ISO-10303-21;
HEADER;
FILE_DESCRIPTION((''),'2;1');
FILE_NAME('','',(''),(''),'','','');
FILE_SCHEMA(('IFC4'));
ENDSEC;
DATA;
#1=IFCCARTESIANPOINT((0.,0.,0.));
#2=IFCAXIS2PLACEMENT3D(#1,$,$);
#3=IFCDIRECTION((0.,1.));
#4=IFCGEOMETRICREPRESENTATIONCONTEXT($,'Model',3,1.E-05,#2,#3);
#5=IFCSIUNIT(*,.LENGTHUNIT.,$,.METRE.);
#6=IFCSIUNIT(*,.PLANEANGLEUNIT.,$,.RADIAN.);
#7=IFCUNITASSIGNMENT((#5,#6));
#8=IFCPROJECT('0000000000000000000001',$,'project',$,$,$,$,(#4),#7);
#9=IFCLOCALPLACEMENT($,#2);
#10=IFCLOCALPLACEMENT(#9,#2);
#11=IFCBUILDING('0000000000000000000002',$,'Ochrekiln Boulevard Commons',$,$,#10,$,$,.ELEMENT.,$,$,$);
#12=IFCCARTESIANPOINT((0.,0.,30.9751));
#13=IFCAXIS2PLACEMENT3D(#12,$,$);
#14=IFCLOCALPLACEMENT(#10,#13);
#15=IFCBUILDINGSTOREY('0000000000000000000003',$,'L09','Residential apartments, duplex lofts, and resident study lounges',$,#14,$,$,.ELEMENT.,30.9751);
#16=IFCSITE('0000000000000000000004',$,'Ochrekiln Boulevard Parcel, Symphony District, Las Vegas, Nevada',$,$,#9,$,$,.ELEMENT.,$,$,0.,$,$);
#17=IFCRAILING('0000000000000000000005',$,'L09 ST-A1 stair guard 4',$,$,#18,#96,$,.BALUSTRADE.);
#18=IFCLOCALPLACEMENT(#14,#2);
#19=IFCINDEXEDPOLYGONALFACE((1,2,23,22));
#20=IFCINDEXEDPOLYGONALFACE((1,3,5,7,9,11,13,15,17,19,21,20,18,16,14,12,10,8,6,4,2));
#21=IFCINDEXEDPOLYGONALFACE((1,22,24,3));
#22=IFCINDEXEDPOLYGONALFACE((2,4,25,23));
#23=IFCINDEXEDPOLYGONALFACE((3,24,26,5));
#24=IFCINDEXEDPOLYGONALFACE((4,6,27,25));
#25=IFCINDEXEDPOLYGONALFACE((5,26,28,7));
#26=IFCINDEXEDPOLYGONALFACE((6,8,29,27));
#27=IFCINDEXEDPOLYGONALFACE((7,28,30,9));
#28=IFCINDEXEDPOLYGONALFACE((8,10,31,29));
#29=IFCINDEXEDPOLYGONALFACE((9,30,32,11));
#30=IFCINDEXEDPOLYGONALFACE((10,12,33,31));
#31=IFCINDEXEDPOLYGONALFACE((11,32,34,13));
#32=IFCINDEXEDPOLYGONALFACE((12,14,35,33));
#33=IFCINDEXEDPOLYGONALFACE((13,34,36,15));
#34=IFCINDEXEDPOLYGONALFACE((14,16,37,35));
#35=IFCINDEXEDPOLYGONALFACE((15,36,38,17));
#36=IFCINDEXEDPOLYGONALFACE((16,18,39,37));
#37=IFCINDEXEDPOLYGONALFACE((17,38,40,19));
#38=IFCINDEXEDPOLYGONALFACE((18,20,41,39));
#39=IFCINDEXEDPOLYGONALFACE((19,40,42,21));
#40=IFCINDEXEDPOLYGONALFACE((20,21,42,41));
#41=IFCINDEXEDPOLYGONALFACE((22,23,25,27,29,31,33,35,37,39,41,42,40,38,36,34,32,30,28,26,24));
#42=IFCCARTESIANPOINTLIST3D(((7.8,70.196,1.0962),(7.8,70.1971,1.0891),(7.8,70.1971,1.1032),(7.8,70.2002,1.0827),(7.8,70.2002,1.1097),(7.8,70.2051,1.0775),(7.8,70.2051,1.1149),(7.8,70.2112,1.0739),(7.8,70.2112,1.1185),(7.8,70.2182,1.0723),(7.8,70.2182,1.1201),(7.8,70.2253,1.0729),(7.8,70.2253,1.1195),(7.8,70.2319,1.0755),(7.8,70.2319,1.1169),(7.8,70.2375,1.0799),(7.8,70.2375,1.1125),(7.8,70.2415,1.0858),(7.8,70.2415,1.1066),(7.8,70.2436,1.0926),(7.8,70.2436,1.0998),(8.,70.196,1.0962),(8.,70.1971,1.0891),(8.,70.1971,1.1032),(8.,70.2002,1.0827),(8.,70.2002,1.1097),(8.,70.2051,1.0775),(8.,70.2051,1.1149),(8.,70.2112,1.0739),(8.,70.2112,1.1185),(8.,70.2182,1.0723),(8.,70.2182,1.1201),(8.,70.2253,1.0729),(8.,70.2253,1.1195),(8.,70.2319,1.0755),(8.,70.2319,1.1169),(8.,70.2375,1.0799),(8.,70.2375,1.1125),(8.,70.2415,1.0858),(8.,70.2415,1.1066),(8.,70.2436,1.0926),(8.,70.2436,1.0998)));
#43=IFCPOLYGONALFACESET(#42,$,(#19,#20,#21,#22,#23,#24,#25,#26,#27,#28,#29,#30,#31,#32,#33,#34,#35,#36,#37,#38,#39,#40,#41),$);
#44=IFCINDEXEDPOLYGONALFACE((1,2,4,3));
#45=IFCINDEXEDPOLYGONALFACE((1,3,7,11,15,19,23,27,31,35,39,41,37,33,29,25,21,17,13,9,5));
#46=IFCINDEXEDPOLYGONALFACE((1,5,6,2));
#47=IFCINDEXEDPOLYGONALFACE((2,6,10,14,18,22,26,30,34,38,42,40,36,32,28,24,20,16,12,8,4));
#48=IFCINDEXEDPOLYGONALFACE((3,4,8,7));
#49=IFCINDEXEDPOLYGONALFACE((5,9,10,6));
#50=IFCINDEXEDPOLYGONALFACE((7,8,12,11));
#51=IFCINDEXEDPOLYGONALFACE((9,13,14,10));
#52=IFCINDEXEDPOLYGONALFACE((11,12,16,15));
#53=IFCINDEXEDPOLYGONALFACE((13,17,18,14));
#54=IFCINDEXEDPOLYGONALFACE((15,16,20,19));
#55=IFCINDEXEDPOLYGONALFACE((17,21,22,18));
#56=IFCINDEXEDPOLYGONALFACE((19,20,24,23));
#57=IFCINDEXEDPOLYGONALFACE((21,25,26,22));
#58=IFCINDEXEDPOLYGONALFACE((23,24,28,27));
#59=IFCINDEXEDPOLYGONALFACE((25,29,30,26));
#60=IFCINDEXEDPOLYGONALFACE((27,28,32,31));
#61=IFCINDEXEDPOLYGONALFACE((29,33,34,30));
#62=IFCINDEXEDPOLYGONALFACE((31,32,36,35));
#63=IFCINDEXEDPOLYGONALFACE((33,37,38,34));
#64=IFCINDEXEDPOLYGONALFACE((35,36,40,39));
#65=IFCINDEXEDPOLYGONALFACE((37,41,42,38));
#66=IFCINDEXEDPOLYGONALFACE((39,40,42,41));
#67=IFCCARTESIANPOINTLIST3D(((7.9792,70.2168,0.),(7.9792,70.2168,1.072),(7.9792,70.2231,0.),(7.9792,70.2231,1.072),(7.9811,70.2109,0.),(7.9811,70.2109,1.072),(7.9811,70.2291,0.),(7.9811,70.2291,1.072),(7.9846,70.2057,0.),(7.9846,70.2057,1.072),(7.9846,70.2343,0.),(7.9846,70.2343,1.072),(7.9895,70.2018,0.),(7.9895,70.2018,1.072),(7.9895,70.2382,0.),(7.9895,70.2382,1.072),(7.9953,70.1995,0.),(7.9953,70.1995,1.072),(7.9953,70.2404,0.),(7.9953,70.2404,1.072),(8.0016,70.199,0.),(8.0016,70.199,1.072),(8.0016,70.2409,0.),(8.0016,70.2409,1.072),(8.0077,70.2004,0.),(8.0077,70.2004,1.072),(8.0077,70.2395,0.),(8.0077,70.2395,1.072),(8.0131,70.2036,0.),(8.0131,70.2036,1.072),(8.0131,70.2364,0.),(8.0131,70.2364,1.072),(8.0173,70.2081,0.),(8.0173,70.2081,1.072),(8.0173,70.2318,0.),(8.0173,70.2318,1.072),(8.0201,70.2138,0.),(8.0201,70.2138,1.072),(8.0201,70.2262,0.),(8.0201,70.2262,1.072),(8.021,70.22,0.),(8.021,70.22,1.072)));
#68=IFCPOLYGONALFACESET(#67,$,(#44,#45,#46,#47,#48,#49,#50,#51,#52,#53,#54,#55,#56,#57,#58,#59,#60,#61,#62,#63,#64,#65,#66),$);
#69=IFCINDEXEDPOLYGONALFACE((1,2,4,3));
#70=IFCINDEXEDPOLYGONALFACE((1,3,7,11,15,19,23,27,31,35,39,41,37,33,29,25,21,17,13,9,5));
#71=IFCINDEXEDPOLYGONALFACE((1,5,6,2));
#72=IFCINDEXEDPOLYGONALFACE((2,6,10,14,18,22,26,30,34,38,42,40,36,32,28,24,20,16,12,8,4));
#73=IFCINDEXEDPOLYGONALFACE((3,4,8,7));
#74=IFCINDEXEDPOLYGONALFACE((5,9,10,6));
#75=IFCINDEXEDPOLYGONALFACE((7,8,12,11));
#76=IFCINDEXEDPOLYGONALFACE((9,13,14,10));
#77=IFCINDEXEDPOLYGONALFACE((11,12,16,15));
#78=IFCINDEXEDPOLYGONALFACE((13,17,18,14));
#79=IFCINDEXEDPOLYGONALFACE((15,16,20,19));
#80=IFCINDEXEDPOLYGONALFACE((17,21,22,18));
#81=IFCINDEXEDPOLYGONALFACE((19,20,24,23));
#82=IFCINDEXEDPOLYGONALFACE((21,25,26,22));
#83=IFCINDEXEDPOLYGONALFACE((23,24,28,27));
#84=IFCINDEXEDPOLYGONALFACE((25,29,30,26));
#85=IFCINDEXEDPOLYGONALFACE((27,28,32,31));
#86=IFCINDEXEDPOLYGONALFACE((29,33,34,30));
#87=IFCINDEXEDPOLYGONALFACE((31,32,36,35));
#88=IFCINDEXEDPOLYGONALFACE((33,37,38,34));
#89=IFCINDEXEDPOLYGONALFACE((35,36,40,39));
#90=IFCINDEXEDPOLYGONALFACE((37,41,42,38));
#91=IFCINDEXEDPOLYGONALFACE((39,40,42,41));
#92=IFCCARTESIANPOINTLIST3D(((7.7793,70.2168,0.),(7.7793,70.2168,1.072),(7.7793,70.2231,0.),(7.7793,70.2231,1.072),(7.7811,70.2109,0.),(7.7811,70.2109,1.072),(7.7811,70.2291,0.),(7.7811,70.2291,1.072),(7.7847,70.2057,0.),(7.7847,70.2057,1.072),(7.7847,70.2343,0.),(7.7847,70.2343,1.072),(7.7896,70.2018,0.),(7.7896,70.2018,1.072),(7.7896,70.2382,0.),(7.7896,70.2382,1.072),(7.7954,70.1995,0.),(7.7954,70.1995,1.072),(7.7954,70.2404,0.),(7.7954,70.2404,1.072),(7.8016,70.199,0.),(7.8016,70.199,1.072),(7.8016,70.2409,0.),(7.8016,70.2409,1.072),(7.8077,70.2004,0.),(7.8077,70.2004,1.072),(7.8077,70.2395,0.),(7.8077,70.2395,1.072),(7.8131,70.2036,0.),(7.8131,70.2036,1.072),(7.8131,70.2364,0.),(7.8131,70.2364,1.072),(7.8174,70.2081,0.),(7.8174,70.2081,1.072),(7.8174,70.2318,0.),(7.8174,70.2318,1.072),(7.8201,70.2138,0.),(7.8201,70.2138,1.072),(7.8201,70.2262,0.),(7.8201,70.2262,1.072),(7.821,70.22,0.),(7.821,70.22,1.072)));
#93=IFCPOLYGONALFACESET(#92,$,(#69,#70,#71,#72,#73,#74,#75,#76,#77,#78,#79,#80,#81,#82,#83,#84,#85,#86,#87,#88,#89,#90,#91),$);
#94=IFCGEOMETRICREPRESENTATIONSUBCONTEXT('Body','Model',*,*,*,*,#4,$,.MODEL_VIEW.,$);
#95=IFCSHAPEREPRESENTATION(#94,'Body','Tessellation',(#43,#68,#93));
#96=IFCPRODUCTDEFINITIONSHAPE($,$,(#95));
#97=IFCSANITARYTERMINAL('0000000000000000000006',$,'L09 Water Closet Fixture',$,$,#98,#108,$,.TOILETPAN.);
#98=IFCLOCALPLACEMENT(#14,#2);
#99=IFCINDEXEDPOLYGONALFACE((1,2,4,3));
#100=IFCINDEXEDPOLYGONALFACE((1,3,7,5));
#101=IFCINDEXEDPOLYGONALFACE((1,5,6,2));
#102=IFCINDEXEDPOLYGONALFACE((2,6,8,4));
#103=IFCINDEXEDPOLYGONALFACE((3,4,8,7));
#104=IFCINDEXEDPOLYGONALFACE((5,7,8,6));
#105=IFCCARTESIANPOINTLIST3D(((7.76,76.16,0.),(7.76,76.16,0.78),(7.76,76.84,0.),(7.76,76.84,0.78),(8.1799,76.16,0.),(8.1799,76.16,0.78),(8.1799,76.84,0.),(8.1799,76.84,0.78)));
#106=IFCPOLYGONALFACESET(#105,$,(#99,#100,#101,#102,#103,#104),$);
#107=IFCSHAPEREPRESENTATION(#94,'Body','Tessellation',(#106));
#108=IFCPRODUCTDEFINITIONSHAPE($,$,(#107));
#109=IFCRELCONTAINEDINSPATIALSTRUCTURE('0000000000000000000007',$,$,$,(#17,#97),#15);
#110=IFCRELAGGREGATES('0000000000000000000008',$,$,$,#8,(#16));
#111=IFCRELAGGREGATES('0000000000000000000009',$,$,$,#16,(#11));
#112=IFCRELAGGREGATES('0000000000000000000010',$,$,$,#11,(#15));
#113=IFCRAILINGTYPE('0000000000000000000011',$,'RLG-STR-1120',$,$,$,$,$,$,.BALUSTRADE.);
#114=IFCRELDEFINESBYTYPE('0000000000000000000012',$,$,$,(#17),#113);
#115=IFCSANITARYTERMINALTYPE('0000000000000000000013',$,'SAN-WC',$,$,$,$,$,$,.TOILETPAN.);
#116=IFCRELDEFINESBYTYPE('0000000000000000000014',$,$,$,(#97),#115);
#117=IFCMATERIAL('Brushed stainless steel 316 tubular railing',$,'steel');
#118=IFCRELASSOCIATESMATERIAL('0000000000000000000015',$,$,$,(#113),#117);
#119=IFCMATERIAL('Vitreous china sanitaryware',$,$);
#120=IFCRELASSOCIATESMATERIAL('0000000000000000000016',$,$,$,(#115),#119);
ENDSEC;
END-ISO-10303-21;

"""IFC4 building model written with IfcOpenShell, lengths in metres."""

from ifc_helpers import new_model, si_unit, direction, frame, origin, origin_2d, place, context, subcontext, project, spatial, rectangle, circle, extrude, material, type_object, element, save


model = new_model("IFC4")

# Units and contexts
model_context = context("Model", 3, precision=1e-05, world=origin(), true_north=direction((0.0, 1.0)))
body_context = subcontext(model_context, "Body", "Model", "MODEL_VIEW")
ifc_project = project(units=[si_unit("LENGTHUNIT", "METRE"), si_unit("PLANEANGLEUNIT", "RADIAN")], contexts=[model_context])

# Site, building, storey
site_placement = place(None, origin())
site = spatial("IfcSite", under=ifc_project, at=site_placement, Name="Ochrekiln Boulevard Parcel, Symphony District, Las Vegas, Nevada", CompositionType="ELEMENT", RefElevation=0.0)
building_placement = place(site_placement, origin())
building = spatial("IfcBuilding", under=site, at=building_placement, Name="Ochrekiln Boulevard Commons", CompositionType="ELEMENT")
storey_placement = place(building_placement, frame((0.0, 0.0, 30.9751)))
storey = spatial("IfcBuildingStorey", under=building, at=storey_placement, Name="L09", Description="Residential apartments, duplex lofts, and resident study lounges", CompositionType="ELEMENT", Elevation=30.9751)

# Railing
ifc_material_1 = material(Name="Brushed stainless steel 316 tubular railing", Category="steel")
railing_type_1 = type_object("IfcRailingType", Name="RLG-STR-1120", PredefinedType="BALUSTRADE", material=ifc_material_1)
railing_1_placement = place(storey_placement, frame((8.0, 70.22, 0.0)))
element("IfcRailing", 1, at=railing_1_placement, inside=storey, type_object=railing_type_1, Name="L09 ST-A1 stair guard 4", PredefinedType="BALUSTRADE", context=body_context, shape_type="SweptSolid", body=[
    extrude(circle(Radius=0.0239, at=origin_2d()), frame((0.0, 0.0, 1.0962), z_axis=(-1.0, 0.0, 0.0), x_axis=(0.0, -1.0, 0.0)), (0.0, 0.0, 1.0), 0.2),
    extrude(circle(Radius=0.021, at=origin_2d()), origin(), (0.0, 0.0, 1.0), 1.072),
    extrude(circle(Radius=0.021, at=origin_2d()), frame((-0.2, 0.0, 0.0)), (0.0, 0.0, 1.0), 1.072),
])

# Sanitary terminal
ifc_material_2 = material(Name="Vitreous china sanitaryware")
sanitary_terminal_type = type_object("IfcSanitaryTerminalType", Name="SAN-WC", PredefinedType="TOILETPAN", material=ifc_material_2)
sanitary_terminal_placement = place(storey_placement, frame((7.97, 76.5, 0.0), z_axis=(0.0, 0.0, 1.0), x_axis=(1.0, 0.0, 0.0)))
element("IfcSanitaryTerminal", 2, at=sanitary_terminal_placement, inside=storey, type_object=sanitary_terminal_type, Name="L09 Water Closet Fixture", PredefinedType="TOILETPAN", context=body_context, shape_type="SweptSolid", body=[
    extrude(rectangle(XDim=0.4199, YDim=0.6799, at=origin_2d()), origin(), (0.0, 0.0, 1.0), 0.78),
])

save(model, "model.ifc")
